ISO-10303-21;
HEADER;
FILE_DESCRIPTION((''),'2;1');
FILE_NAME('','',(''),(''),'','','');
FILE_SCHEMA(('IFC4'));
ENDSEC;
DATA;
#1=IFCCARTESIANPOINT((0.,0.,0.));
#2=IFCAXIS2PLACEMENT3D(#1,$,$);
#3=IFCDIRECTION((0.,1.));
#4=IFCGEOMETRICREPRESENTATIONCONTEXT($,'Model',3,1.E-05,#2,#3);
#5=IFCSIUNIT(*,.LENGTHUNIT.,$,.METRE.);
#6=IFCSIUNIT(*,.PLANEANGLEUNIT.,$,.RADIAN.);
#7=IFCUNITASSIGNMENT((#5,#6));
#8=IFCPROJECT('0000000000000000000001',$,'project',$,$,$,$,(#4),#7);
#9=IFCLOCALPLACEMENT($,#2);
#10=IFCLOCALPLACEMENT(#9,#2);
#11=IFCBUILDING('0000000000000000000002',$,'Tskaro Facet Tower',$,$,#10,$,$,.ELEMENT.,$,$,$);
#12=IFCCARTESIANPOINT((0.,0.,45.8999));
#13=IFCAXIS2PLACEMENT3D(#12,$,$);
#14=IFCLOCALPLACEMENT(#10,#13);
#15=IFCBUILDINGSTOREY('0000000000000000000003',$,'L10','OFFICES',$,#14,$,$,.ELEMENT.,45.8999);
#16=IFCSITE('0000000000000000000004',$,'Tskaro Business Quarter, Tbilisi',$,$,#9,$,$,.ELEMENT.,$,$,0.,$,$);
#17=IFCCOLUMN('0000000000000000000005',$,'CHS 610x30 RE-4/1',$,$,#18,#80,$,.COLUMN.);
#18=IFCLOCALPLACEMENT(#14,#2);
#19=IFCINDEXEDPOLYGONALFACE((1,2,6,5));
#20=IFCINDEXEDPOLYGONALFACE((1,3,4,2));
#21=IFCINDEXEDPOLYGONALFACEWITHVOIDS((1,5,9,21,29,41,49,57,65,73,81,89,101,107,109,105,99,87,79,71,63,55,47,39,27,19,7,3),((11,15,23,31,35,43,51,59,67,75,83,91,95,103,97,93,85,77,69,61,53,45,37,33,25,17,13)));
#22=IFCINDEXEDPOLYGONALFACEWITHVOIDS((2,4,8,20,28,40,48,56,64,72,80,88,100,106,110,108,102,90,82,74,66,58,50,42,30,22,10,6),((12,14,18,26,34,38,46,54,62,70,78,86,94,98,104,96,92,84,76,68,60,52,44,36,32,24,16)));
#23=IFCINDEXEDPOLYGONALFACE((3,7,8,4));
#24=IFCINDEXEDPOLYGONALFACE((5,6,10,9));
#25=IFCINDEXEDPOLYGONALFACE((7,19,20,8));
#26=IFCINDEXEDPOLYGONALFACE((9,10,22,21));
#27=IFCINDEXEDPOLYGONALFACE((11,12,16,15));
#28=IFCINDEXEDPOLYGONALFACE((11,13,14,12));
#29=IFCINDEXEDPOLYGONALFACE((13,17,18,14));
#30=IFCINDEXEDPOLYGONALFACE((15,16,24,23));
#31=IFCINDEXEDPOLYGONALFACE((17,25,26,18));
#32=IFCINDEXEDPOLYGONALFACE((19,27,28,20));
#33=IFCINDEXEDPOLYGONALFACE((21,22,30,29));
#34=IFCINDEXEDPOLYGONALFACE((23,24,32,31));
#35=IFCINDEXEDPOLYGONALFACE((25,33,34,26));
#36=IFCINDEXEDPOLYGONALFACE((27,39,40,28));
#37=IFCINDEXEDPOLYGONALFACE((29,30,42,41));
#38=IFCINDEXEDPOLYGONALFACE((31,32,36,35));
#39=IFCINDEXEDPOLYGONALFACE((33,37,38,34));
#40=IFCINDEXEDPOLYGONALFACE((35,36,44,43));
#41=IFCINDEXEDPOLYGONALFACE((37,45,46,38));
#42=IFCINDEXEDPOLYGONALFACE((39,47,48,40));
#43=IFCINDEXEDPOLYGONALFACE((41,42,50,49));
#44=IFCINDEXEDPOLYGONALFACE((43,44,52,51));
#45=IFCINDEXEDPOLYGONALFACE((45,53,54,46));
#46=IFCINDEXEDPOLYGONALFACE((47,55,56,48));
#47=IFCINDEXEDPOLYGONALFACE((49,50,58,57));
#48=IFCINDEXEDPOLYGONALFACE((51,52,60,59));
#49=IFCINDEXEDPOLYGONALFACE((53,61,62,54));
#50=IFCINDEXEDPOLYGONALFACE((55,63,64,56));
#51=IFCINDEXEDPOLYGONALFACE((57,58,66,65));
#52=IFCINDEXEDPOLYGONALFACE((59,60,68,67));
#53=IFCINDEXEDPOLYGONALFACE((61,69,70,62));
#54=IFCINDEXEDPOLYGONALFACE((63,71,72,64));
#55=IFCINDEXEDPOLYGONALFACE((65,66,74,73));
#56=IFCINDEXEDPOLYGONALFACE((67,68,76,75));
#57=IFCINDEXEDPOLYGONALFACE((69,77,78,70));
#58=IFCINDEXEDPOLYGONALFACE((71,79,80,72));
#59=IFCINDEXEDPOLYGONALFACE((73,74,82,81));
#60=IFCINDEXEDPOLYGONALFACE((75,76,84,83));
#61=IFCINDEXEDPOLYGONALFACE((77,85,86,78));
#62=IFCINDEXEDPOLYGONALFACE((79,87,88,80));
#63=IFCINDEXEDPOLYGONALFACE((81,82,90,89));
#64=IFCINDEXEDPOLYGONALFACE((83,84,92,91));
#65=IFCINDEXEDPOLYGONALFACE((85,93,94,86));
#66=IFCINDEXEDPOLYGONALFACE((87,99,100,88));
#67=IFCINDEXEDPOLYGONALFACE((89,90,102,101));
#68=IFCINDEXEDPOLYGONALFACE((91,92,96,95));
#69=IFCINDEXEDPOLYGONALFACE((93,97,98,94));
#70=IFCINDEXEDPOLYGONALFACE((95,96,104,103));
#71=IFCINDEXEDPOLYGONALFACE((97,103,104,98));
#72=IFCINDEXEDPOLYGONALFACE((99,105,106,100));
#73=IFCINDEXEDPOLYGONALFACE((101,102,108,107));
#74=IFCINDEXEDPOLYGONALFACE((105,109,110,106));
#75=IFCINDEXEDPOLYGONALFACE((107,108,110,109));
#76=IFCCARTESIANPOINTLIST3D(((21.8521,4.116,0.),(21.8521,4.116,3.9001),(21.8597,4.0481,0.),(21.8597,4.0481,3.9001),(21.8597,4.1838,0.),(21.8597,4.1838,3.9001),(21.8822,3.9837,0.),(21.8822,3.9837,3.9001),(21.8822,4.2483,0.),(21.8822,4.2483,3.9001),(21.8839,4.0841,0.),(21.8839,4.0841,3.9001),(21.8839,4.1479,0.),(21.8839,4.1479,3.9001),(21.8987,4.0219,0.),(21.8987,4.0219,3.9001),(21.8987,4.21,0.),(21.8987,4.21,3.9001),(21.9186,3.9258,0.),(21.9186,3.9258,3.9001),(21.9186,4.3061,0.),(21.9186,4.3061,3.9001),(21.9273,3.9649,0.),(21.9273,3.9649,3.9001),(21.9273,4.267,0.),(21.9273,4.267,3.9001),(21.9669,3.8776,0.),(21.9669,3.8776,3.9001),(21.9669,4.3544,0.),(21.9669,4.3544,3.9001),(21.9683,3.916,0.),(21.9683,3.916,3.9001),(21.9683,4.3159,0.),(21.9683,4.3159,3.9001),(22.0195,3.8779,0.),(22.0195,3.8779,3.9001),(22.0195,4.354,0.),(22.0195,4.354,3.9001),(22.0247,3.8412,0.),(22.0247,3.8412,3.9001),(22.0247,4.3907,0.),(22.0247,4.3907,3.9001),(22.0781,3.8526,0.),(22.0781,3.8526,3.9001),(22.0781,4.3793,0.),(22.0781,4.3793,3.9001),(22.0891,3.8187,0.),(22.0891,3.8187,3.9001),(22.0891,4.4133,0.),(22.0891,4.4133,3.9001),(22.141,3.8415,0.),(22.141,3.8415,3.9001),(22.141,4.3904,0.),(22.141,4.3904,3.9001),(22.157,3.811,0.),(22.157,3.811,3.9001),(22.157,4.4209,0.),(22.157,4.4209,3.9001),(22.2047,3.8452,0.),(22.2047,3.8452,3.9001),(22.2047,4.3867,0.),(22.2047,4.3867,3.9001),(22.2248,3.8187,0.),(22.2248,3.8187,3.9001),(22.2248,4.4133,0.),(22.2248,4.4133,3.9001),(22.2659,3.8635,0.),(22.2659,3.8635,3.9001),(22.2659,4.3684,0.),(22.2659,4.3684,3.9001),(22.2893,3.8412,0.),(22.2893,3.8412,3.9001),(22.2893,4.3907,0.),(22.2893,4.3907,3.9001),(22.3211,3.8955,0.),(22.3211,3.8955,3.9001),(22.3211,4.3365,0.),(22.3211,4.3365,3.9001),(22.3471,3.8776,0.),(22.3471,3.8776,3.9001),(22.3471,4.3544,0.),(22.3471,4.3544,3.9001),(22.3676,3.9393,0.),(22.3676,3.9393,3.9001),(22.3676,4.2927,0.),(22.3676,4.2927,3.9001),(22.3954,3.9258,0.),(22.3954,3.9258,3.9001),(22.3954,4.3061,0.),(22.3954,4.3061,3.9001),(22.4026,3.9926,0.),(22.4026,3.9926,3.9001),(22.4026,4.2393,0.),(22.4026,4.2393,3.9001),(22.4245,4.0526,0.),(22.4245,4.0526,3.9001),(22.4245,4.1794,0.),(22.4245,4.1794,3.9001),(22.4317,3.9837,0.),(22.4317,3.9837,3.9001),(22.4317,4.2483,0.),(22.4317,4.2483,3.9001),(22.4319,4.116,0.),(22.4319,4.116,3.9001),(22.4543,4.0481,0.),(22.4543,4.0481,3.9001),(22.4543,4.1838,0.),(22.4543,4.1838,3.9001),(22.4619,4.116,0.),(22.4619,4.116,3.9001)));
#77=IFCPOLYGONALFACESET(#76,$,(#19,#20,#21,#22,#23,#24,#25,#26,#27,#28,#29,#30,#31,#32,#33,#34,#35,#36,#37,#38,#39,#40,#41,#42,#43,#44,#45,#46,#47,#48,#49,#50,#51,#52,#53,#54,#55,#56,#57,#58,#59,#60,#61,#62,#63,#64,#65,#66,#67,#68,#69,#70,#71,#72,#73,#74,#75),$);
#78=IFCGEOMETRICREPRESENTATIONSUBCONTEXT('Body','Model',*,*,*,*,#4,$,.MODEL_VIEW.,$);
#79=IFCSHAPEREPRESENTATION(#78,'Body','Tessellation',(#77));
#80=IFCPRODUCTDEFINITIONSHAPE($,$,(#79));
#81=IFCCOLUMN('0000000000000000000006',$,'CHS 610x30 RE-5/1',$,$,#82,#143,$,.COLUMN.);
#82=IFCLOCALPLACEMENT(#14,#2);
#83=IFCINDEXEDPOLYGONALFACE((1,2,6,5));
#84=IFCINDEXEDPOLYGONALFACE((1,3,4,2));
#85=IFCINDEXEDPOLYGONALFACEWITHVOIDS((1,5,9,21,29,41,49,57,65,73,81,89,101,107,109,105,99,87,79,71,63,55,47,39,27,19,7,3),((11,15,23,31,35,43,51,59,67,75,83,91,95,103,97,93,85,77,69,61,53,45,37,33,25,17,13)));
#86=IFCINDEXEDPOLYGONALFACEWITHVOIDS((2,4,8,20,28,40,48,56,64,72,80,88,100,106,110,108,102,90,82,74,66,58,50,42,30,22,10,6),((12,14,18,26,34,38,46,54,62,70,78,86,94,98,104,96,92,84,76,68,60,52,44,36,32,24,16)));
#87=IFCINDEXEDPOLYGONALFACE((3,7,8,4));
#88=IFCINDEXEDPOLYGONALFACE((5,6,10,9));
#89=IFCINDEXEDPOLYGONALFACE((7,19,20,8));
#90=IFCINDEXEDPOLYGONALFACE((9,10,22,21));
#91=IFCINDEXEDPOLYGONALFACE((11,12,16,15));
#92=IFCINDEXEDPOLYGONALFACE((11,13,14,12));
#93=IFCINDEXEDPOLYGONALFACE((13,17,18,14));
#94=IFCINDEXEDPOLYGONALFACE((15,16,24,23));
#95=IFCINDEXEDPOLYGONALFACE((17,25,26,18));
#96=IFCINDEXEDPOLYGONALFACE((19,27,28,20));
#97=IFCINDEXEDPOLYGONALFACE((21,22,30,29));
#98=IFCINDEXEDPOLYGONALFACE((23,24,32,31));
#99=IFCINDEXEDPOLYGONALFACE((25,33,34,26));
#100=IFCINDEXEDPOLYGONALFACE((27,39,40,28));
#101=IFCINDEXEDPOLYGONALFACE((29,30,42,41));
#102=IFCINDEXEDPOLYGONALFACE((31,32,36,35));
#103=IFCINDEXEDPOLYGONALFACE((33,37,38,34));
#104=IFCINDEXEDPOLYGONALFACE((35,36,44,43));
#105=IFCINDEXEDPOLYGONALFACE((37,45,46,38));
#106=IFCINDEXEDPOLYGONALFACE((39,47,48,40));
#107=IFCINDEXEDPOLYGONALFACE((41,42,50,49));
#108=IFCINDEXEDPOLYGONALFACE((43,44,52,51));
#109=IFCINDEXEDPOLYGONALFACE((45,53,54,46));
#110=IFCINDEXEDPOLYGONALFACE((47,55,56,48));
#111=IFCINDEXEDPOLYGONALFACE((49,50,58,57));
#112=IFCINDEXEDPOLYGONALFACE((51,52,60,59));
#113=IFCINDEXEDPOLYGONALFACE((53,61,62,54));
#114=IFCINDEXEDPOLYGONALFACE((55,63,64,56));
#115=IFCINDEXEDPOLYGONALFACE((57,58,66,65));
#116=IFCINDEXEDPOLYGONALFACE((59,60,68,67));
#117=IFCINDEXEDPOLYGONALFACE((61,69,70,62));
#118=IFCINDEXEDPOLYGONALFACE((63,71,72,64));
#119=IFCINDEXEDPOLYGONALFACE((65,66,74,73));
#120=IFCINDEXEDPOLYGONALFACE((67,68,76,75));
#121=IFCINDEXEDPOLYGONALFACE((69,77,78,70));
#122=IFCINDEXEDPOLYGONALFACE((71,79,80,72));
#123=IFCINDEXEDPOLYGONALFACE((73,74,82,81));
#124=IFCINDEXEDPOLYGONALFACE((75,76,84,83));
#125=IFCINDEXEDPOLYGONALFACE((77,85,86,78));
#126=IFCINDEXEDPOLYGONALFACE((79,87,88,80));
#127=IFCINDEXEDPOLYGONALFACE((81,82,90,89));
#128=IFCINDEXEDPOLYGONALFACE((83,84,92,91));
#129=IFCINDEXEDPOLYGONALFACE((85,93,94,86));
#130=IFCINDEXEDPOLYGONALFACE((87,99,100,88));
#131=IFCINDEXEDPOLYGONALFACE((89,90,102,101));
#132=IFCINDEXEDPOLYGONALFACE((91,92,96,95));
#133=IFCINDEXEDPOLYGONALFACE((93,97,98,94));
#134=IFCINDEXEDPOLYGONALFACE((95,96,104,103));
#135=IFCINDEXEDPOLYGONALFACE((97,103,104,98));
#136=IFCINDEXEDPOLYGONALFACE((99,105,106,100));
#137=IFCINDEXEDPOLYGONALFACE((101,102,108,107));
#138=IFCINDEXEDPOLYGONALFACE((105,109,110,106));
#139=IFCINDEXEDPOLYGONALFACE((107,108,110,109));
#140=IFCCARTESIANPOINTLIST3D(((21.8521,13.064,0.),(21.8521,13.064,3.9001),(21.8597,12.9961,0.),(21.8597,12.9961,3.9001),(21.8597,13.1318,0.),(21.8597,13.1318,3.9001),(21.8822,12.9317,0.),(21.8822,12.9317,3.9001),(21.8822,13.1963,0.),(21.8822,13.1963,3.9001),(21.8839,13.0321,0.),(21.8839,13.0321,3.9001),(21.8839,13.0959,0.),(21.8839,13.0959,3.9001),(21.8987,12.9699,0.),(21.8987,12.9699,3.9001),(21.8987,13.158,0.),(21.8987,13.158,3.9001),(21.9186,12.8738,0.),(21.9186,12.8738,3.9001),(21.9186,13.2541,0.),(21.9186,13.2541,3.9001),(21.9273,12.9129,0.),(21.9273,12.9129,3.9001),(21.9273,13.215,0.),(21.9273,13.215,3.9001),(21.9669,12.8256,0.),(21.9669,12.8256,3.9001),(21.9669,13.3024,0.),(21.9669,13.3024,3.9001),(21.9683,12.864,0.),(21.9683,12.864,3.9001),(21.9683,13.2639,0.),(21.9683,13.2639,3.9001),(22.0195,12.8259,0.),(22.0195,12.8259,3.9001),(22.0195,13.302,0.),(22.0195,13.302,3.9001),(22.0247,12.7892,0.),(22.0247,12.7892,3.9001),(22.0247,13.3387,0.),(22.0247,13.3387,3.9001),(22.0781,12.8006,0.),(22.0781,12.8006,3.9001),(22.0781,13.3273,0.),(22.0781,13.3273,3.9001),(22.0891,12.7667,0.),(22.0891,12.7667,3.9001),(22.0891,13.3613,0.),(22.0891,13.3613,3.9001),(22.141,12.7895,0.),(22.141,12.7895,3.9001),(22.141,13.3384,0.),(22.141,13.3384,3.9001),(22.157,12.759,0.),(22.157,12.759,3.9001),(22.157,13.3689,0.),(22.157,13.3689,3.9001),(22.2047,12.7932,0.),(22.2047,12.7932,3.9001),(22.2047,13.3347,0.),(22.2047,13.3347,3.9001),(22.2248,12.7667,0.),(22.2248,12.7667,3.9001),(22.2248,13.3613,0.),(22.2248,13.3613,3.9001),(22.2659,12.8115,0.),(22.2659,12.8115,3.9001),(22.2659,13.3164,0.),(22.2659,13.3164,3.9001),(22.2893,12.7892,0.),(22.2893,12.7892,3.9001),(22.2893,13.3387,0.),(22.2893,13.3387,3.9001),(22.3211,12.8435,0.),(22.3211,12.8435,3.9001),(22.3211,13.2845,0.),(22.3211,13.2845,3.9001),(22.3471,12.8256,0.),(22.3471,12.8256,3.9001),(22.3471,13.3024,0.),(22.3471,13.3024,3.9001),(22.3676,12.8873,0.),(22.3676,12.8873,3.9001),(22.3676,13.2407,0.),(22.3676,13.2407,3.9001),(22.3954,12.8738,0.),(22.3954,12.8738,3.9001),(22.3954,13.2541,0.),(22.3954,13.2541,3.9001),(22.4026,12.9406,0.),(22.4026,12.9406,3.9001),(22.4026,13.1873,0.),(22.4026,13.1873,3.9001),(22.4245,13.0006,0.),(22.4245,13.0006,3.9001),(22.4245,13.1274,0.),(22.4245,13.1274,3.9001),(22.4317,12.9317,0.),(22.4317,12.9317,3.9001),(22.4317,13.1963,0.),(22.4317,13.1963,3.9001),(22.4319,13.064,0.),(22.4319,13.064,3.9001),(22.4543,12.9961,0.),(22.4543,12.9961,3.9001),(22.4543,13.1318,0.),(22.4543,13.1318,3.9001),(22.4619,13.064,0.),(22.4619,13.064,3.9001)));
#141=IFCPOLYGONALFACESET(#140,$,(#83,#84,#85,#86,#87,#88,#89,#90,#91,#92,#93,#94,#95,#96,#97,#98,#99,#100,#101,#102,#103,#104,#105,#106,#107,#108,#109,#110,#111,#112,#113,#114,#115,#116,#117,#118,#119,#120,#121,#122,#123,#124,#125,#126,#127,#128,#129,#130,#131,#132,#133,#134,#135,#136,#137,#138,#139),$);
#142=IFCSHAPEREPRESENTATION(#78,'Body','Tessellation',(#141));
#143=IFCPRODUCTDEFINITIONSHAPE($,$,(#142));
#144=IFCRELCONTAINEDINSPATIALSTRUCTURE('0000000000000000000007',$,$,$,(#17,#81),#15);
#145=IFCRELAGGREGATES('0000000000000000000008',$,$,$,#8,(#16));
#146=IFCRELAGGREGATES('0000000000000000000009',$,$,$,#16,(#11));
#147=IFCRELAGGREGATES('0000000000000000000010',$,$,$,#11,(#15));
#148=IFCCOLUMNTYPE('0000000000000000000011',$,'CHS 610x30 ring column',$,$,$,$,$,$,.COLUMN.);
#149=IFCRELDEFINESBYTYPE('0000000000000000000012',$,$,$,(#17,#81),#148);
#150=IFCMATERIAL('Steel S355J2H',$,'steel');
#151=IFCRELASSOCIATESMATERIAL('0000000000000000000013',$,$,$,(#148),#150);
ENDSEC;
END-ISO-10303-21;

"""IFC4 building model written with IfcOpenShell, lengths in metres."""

from ifc_helpers import new_model, si_unit, direction, frame, origin, origin_2d, place, context, subcontext, project, spatial, hollow_circle, extrude, material, material_profile, profile_set, type_object, element, save


model = new_model("IFC4")

# Units and contexts
model_context = context("Model", 3, precision=1e-05, world=origin(), true_north=direction((0.0, 1.0)))
body_context = subcontext(model_context, "Body", "Model", "MODEL_VIEW")
ifc_project = project(units=[si_unit("LENGTHUNIT", "METRE"), si_unit("PLANEANGLEUNIT", "RADIAN")], contexts=[model_context])

# Site, building, storey
site_placement = place(None, origin())
site = spatial("IfcSite", under=ifc_project, at=site_placement, Name="Tskaro Business Quarter, Tbilisi", CompositionType="ELEMENT", RefElevation=0.0)
building_placement = place(site_placement, origin())
building = spatial("IfcBuilding", under=site, at=building_placement, Name="Tskaro Facet Tower", CompositionType="ELEMENT")
storey_placement = place(building_placement, frame((0.0, 0.0, 45.8999)))
storey = spatial("IfcBuildingStorey", under=building, at=storey_placement, Name="L10", Description="OFFICES", CompositionType="ELEMENT", Elevation=45.8999)

# Columns
ifc_material_1 = material(Name="Steel S355J2H", Category="steel")
ifc_material_profile_1 = material_profile(ifc_material_1, hollow_circle(Radius=0.3049, WallThickness=0.03, at=origin_2d()), Name="CHS 610x30")
ifc_profile_set_1 = profile_set([ifc_material_profile_1], Name="Steel S355J2H")
column_type_1 = type_object("IfcColumnType", Name="CHS 610x30 ring column", PredefinedType="COLUMN", material=ifc_profile_set_1)
for number, where, z_axis, x_axis, name in (
    (1, (22.157, 4.116, 0.0), (0.0, 0.0, 1.0), (1.0, 0.0, 0.0), "CHS 610x30 RE-4/1"),
    (2, (22.157, 13.064, 0.0), (0.0, 0.0, 1.0), (1.0, 0.0, 0.0), "CHS 610x30 RE-5/1"),
):
    element("IfcColumn", number, at=place(storey_placement, frame(where, z_axis=z_axis, x_axis=x_axis)), inside=storey, type_object=column_type_1, Name=name, PredefinedType="COLUMN", context=body_context, shape_type="SweptSolid", body=[
        extrude(hollow_circle(Radius=0.3049, WallThickness=0.03, at=origin_2d()), origin(), (0.0, 0.0, 1.0), 3.9001),
    ])

save(model, "model.ifc")
